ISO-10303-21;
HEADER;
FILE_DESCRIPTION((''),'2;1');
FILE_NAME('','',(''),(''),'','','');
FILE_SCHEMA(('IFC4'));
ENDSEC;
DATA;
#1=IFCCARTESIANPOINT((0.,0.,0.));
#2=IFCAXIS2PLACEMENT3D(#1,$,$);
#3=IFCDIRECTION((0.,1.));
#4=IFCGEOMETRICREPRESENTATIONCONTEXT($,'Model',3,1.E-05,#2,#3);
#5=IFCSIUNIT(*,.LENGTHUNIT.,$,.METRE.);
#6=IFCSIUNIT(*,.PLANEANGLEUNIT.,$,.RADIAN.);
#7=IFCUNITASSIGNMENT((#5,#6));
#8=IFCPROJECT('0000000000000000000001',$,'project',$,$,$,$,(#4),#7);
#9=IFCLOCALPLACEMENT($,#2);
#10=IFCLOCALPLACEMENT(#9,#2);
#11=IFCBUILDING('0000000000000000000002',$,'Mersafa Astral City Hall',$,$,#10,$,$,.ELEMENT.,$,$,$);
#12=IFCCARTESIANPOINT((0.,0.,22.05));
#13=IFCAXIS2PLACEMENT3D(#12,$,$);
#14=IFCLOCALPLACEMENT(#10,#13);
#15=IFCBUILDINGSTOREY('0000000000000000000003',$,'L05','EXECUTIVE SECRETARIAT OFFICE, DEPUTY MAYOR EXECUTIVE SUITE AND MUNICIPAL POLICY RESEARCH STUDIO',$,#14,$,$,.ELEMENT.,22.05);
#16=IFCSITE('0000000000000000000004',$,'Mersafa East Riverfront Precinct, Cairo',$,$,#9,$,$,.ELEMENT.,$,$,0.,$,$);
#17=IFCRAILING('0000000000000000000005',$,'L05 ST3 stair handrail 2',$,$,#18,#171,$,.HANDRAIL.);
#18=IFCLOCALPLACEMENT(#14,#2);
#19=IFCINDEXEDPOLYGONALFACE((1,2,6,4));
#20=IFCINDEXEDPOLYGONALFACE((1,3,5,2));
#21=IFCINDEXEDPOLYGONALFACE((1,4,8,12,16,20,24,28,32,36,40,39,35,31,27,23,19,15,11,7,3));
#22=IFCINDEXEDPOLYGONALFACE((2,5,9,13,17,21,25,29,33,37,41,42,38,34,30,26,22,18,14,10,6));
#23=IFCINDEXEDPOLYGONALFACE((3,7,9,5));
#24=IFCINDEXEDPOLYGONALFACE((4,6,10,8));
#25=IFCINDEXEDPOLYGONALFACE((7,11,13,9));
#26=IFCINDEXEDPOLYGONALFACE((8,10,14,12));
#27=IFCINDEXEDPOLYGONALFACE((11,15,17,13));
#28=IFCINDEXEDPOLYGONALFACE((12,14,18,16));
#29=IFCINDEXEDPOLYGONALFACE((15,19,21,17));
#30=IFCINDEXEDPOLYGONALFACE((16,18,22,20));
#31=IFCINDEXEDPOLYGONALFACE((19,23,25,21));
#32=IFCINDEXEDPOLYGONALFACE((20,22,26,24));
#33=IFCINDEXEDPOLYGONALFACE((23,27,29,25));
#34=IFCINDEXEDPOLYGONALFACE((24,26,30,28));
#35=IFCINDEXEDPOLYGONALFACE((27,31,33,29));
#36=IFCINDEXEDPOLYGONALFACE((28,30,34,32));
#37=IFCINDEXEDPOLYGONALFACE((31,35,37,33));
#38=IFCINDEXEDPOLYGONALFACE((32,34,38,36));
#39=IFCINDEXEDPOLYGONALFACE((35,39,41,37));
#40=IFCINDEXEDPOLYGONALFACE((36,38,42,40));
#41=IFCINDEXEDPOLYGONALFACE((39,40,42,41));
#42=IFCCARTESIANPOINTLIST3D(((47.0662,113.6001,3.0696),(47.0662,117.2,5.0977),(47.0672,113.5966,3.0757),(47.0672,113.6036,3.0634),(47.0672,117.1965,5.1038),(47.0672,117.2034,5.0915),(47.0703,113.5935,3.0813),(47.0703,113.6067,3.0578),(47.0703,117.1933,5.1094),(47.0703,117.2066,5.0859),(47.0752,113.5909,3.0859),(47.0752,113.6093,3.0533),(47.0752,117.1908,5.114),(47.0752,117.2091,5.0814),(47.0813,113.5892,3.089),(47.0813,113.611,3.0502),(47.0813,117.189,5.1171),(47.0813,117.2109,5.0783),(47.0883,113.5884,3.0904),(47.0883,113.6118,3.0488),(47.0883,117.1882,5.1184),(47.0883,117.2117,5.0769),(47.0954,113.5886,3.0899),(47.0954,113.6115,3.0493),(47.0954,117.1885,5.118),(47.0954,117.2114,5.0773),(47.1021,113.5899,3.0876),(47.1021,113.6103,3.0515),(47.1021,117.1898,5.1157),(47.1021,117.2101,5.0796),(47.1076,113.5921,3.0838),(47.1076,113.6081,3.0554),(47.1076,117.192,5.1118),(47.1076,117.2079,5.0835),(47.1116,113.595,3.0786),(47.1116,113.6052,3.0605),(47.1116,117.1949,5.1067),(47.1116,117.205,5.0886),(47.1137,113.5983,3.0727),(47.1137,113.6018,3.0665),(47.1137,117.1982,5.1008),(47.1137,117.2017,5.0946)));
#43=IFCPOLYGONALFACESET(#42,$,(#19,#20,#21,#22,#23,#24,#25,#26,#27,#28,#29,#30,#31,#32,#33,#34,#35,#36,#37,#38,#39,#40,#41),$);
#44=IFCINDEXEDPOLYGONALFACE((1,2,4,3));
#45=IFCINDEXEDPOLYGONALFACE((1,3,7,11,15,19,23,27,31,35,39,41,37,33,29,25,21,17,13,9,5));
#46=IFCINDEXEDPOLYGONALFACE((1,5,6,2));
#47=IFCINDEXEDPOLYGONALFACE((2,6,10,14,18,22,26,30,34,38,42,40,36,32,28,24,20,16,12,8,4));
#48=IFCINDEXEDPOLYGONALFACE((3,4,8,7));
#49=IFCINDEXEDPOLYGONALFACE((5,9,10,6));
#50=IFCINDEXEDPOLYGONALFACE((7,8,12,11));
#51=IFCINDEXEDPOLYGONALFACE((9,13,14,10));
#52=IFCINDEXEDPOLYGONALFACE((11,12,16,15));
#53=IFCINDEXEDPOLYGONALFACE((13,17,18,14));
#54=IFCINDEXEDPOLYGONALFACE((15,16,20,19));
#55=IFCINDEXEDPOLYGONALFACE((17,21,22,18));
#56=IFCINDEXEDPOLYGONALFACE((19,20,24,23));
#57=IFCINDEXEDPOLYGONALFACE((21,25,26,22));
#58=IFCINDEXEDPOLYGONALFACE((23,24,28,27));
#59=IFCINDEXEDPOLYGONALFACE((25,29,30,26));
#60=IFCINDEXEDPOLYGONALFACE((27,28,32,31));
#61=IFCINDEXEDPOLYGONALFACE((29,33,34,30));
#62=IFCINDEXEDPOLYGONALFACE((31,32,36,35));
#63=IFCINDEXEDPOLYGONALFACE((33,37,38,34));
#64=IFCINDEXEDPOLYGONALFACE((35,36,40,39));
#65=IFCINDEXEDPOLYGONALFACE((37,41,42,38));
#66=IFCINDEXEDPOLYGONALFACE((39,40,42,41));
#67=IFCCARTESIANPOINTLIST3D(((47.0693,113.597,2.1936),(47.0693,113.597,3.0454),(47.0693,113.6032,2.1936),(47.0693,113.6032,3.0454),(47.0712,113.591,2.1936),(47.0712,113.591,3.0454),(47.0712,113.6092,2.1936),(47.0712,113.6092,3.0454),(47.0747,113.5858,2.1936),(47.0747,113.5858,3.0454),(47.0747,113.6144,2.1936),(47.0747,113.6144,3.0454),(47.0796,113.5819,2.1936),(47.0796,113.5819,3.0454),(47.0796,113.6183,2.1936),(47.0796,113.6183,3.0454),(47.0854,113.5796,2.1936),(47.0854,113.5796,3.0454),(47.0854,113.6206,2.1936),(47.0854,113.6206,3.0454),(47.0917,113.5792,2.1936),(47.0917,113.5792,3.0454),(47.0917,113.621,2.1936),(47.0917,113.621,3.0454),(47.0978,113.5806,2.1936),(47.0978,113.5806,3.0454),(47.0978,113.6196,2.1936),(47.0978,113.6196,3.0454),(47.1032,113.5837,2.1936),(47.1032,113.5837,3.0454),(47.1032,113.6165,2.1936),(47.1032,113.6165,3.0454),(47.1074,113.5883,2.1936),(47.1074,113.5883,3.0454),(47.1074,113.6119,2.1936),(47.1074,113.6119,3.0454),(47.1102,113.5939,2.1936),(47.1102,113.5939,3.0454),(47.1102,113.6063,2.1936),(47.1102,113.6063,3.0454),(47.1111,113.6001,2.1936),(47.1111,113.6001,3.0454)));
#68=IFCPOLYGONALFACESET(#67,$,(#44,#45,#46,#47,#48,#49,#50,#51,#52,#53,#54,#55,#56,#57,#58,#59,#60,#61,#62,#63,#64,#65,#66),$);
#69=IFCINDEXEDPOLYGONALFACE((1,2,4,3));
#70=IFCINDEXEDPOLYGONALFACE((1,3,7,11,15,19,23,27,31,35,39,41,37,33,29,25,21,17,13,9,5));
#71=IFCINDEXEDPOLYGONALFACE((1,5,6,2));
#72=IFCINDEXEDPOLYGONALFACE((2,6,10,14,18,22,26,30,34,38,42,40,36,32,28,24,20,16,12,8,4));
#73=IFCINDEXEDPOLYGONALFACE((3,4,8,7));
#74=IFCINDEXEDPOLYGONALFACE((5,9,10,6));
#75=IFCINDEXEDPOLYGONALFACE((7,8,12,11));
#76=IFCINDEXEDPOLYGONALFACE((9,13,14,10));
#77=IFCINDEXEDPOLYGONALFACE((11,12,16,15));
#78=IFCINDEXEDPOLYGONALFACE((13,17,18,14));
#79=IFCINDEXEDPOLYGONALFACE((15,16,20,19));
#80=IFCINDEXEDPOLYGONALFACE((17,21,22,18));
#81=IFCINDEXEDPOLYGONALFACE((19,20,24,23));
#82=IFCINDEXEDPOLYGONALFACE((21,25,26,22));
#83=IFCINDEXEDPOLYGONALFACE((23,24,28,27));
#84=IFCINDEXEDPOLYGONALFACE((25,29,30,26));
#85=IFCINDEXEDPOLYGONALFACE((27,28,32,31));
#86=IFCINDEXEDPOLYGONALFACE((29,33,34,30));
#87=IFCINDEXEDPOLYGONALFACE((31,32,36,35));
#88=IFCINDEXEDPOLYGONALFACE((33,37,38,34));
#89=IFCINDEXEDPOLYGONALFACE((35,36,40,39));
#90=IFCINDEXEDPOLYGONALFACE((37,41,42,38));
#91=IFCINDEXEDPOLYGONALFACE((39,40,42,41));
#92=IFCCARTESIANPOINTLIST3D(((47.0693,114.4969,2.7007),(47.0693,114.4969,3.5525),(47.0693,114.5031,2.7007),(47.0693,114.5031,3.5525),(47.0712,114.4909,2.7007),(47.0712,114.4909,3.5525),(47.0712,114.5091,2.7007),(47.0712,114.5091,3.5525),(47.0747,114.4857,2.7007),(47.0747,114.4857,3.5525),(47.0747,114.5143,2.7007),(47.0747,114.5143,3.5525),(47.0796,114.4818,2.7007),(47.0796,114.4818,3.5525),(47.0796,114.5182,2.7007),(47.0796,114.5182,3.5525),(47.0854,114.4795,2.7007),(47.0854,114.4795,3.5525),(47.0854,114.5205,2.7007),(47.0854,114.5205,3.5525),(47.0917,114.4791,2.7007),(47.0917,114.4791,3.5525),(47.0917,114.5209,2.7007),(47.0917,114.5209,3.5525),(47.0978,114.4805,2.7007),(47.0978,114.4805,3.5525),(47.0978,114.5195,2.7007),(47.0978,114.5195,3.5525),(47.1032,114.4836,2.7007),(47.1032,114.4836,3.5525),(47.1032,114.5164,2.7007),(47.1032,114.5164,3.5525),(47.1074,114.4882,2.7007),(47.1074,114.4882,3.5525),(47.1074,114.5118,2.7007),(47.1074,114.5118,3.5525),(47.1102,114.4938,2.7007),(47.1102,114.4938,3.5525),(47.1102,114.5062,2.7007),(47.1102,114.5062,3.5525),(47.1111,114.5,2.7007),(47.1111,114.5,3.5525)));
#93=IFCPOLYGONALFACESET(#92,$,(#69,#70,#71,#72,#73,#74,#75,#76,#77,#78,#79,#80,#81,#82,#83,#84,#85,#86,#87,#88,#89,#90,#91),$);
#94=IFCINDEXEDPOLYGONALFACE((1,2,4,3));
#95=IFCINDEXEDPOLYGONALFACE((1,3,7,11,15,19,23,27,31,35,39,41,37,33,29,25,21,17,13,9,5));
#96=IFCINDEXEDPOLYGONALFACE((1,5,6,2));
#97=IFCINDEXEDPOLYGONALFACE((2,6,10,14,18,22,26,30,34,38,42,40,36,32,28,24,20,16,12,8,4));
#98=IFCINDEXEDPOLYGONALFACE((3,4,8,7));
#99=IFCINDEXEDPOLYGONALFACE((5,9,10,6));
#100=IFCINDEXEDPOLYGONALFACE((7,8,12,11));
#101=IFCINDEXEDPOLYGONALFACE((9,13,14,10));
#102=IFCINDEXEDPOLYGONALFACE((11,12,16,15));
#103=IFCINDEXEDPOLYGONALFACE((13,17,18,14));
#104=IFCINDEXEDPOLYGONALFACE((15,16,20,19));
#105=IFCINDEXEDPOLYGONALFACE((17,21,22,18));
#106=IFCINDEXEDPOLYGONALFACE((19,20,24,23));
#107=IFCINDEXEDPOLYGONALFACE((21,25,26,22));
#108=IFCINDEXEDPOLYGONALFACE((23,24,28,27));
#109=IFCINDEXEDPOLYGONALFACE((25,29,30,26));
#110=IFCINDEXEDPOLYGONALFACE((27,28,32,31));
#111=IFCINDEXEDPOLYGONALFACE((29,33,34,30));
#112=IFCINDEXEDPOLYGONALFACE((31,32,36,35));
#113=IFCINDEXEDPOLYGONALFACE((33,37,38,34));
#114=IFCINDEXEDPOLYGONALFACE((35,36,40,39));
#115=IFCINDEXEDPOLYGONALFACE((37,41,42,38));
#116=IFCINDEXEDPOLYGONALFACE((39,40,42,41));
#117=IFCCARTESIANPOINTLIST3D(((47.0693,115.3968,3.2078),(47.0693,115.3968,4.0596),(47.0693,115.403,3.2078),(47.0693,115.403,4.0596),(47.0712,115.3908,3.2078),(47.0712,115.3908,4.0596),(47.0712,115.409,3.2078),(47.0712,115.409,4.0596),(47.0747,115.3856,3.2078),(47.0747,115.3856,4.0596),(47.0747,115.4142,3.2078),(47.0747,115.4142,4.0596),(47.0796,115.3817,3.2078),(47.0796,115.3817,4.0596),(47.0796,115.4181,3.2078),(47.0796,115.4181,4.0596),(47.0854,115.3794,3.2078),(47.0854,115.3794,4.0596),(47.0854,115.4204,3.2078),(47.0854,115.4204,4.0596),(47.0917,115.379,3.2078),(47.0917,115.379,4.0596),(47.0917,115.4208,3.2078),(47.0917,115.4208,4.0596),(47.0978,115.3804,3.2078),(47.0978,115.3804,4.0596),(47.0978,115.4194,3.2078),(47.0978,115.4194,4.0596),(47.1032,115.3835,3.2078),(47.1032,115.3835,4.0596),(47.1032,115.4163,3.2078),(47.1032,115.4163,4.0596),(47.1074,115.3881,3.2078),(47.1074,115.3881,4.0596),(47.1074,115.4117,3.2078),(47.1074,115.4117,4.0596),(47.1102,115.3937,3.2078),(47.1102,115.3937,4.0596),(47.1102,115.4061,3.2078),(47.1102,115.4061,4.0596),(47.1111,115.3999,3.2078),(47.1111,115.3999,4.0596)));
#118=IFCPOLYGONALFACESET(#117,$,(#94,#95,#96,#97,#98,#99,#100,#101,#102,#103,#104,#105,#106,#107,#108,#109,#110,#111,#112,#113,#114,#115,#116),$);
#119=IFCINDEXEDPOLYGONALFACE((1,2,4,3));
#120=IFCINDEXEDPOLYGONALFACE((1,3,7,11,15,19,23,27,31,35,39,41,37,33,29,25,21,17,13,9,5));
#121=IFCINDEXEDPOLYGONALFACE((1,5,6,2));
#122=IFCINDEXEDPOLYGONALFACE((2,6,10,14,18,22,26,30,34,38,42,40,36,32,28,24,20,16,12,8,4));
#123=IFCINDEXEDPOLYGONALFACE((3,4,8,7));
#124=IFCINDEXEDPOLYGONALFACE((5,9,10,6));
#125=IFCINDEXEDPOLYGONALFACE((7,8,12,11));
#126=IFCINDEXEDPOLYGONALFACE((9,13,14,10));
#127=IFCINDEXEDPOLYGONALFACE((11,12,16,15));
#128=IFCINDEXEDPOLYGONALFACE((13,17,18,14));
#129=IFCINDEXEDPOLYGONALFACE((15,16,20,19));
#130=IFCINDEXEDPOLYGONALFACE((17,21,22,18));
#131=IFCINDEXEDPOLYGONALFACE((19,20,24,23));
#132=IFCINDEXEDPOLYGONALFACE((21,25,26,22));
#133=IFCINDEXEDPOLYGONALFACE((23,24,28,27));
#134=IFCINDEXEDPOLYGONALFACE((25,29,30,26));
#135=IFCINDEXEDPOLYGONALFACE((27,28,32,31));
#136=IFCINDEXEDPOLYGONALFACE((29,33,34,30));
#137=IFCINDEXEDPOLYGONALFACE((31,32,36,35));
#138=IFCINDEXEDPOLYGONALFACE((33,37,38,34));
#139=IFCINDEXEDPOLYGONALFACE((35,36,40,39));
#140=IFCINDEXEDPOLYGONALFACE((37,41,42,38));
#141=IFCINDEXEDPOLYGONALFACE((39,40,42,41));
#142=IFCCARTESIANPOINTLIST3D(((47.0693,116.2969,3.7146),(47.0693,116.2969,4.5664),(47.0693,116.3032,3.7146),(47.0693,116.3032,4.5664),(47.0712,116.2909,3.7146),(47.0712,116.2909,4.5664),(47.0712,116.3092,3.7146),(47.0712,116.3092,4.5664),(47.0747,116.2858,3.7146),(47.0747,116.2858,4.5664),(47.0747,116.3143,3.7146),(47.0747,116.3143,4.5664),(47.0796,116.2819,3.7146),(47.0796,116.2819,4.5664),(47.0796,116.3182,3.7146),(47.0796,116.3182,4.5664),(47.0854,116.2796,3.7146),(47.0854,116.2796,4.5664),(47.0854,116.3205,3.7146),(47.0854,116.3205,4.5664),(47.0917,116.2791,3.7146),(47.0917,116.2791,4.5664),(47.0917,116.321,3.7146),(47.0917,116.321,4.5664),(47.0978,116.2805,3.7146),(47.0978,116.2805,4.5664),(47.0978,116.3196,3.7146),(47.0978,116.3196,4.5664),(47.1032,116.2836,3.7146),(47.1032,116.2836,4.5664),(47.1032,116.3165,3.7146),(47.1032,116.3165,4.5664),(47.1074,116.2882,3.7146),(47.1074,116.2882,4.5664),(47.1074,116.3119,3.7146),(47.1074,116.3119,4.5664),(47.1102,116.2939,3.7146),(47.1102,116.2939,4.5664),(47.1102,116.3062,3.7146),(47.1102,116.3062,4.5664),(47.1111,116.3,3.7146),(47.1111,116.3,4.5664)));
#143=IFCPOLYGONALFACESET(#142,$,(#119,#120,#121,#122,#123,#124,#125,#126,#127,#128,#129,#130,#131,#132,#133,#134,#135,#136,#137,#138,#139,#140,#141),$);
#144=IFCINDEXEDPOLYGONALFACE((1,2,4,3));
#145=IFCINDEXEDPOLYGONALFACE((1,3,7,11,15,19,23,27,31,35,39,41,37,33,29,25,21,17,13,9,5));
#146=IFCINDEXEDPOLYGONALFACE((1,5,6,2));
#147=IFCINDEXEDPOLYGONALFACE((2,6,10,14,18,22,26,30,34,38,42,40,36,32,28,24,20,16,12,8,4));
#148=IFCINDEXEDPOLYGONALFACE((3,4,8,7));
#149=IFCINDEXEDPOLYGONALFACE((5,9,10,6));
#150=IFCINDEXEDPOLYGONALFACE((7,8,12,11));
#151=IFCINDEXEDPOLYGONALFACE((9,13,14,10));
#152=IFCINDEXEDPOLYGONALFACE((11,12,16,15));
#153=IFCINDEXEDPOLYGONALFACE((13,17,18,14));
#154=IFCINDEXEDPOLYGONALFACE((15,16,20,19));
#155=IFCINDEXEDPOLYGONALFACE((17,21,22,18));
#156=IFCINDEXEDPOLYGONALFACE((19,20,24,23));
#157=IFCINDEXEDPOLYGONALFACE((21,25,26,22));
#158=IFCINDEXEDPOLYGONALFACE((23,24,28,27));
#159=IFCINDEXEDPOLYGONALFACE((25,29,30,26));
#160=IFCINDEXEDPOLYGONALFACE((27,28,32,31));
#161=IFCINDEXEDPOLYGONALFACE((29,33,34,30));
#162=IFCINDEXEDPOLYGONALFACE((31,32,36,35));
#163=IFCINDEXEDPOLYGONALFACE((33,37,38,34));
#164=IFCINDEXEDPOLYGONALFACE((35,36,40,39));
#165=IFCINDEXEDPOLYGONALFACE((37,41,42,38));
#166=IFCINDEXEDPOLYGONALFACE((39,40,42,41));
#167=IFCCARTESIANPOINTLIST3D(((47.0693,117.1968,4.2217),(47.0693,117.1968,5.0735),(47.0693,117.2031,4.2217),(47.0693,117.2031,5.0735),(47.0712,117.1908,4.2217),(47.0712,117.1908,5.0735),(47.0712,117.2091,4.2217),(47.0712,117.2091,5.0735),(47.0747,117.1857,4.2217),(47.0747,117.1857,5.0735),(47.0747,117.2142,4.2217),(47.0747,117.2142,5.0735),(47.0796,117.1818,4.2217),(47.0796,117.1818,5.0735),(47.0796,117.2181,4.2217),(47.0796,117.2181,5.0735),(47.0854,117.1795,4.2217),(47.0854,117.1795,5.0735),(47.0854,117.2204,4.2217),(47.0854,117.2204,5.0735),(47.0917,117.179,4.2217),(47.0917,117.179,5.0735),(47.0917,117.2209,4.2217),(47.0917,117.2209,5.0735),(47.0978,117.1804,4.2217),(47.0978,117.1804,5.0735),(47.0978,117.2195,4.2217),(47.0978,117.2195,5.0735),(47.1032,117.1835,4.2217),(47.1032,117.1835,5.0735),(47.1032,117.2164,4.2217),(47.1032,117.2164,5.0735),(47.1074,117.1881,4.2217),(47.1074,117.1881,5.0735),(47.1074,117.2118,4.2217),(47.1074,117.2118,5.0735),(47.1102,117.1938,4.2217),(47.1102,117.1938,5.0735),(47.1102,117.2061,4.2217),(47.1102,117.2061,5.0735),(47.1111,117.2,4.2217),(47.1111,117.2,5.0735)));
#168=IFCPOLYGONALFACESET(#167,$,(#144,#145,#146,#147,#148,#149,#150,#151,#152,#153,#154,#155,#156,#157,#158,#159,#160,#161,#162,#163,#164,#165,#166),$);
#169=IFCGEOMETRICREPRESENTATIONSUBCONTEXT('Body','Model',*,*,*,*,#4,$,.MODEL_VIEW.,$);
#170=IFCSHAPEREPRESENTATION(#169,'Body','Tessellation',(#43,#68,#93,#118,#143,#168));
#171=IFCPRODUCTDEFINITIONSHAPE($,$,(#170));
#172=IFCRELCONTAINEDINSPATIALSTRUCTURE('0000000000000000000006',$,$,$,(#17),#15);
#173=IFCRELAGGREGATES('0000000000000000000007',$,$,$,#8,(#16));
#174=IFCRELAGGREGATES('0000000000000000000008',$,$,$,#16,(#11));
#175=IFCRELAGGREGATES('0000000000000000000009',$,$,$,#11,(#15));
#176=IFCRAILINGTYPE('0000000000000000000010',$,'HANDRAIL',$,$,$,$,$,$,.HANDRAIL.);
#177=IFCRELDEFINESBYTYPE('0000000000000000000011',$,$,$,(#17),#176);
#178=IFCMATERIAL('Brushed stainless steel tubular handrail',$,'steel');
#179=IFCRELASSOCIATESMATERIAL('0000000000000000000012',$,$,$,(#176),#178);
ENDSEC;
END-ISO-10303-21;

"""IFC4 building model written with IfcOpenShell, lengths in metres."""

from ifc_helpers import new_model, si_unit, direction, frame, origin, origin_2d, place, context, subcontext, project, spatial, circle, extrude, material, type_object, element, save


model = new_model("IFC4")

# Units and contexts
model_context = context("Model", 3, precision=1e-05, world=origin(), true_north=direction((0.0, 1.0)))
body_context = subcontext(model_context, "Body", "Model", "MODEL_VIEW")
ifc_project = project(units=[si_unit("LENGTHUNIT", "METRE"), si_unit("PLANEANGLEUNIT", "RADIAN")], contexts=[model_context])

# Site, building, storey
site_placement = place(None, origin())
site = spatial("IfcSite", under=ifc_project, at=site_placement, Name="Mersafa East Riverfront Precinct, Cairo", CompositionType="ELEMENT", RefElevation=0.0)
building_placement = place(site_placement, origin())
building = spatial("IfcBuilding", under=site, at=building_placement, Name="Mersafa Astral City Hall", CompositionType="ELEMENT")
storey_placement = place(building_placement, frame((0.0, 0.0, 22.05)))
storey = spatial("IfcBuildingStorey", under=building, at=storey_placement, Name="L05", Description="EXECUTIVE SECRETARIAT OFFICE, DEPUTY MAYOR EXECUTIVE SUITE AND MUNICIPAL POLICY RESEARCH STUDIO", CompositionType="ELEMENT", Elevation=22.05)

# Railing
ifc_material_1 = material(Name="Brushed stainless steel tubular handrail", Category="steel")
railing_type_1 = type_object("IfcRailingType", Name="HANDRAIL", PredefinedType="HANDRAIL", material=ifc_material_1)
railing_1_placement = place(storey_placement, frame((47.0901, 113.6001, 2.1936)))
element("IfcRailing", 1, at=railing_1_placement, inside=storey, type_object=railing_type_1, Name="L05 ST3 stair handrail 2", PredefinedType="HANDRAIL", context=body_context, shape_type="SweptSolid", body=[
    extrude(circle(Radius=0.0239, at=origin_2d()), frame((0.0, 0.0, 0.876), z_axis=(0.0, 0.871249, 0.490842), x_axis=(-1.0, 0.0, 0.0)), (0.0, 0.0, 1.0), 4.1318),
    extrude(circle(Radius=0.021, at=origin_2d()), origin(), (0.0, 0.0, 1.0), 0.8518),
    extrude(circle(Radius=0.021, at=origin_2d()), frame((0.0, 0.8999, 0.5071)), (0.0, 0.0, 1.0), 0.8518),
    extrude(circle(Radius=0.021, at=origin_2d()), frame((0.0, 1.7998, 1.0142)), (0.0, 0.0, 1.0), 0.8518),
    extrude(circle(Radius=0.021, at=origin_2d()), frame((0.0, 2.7, 1.521)), (0.0, 0.0, 1.0), 0.8518),
    extrude(circle(Radius=0.021, at=origin_2d()), frame((0.0, 3.5999, 2.0281)), (0.0, 0.0, 1.0), 0.8518),
])

save(model, "model.ifc")
